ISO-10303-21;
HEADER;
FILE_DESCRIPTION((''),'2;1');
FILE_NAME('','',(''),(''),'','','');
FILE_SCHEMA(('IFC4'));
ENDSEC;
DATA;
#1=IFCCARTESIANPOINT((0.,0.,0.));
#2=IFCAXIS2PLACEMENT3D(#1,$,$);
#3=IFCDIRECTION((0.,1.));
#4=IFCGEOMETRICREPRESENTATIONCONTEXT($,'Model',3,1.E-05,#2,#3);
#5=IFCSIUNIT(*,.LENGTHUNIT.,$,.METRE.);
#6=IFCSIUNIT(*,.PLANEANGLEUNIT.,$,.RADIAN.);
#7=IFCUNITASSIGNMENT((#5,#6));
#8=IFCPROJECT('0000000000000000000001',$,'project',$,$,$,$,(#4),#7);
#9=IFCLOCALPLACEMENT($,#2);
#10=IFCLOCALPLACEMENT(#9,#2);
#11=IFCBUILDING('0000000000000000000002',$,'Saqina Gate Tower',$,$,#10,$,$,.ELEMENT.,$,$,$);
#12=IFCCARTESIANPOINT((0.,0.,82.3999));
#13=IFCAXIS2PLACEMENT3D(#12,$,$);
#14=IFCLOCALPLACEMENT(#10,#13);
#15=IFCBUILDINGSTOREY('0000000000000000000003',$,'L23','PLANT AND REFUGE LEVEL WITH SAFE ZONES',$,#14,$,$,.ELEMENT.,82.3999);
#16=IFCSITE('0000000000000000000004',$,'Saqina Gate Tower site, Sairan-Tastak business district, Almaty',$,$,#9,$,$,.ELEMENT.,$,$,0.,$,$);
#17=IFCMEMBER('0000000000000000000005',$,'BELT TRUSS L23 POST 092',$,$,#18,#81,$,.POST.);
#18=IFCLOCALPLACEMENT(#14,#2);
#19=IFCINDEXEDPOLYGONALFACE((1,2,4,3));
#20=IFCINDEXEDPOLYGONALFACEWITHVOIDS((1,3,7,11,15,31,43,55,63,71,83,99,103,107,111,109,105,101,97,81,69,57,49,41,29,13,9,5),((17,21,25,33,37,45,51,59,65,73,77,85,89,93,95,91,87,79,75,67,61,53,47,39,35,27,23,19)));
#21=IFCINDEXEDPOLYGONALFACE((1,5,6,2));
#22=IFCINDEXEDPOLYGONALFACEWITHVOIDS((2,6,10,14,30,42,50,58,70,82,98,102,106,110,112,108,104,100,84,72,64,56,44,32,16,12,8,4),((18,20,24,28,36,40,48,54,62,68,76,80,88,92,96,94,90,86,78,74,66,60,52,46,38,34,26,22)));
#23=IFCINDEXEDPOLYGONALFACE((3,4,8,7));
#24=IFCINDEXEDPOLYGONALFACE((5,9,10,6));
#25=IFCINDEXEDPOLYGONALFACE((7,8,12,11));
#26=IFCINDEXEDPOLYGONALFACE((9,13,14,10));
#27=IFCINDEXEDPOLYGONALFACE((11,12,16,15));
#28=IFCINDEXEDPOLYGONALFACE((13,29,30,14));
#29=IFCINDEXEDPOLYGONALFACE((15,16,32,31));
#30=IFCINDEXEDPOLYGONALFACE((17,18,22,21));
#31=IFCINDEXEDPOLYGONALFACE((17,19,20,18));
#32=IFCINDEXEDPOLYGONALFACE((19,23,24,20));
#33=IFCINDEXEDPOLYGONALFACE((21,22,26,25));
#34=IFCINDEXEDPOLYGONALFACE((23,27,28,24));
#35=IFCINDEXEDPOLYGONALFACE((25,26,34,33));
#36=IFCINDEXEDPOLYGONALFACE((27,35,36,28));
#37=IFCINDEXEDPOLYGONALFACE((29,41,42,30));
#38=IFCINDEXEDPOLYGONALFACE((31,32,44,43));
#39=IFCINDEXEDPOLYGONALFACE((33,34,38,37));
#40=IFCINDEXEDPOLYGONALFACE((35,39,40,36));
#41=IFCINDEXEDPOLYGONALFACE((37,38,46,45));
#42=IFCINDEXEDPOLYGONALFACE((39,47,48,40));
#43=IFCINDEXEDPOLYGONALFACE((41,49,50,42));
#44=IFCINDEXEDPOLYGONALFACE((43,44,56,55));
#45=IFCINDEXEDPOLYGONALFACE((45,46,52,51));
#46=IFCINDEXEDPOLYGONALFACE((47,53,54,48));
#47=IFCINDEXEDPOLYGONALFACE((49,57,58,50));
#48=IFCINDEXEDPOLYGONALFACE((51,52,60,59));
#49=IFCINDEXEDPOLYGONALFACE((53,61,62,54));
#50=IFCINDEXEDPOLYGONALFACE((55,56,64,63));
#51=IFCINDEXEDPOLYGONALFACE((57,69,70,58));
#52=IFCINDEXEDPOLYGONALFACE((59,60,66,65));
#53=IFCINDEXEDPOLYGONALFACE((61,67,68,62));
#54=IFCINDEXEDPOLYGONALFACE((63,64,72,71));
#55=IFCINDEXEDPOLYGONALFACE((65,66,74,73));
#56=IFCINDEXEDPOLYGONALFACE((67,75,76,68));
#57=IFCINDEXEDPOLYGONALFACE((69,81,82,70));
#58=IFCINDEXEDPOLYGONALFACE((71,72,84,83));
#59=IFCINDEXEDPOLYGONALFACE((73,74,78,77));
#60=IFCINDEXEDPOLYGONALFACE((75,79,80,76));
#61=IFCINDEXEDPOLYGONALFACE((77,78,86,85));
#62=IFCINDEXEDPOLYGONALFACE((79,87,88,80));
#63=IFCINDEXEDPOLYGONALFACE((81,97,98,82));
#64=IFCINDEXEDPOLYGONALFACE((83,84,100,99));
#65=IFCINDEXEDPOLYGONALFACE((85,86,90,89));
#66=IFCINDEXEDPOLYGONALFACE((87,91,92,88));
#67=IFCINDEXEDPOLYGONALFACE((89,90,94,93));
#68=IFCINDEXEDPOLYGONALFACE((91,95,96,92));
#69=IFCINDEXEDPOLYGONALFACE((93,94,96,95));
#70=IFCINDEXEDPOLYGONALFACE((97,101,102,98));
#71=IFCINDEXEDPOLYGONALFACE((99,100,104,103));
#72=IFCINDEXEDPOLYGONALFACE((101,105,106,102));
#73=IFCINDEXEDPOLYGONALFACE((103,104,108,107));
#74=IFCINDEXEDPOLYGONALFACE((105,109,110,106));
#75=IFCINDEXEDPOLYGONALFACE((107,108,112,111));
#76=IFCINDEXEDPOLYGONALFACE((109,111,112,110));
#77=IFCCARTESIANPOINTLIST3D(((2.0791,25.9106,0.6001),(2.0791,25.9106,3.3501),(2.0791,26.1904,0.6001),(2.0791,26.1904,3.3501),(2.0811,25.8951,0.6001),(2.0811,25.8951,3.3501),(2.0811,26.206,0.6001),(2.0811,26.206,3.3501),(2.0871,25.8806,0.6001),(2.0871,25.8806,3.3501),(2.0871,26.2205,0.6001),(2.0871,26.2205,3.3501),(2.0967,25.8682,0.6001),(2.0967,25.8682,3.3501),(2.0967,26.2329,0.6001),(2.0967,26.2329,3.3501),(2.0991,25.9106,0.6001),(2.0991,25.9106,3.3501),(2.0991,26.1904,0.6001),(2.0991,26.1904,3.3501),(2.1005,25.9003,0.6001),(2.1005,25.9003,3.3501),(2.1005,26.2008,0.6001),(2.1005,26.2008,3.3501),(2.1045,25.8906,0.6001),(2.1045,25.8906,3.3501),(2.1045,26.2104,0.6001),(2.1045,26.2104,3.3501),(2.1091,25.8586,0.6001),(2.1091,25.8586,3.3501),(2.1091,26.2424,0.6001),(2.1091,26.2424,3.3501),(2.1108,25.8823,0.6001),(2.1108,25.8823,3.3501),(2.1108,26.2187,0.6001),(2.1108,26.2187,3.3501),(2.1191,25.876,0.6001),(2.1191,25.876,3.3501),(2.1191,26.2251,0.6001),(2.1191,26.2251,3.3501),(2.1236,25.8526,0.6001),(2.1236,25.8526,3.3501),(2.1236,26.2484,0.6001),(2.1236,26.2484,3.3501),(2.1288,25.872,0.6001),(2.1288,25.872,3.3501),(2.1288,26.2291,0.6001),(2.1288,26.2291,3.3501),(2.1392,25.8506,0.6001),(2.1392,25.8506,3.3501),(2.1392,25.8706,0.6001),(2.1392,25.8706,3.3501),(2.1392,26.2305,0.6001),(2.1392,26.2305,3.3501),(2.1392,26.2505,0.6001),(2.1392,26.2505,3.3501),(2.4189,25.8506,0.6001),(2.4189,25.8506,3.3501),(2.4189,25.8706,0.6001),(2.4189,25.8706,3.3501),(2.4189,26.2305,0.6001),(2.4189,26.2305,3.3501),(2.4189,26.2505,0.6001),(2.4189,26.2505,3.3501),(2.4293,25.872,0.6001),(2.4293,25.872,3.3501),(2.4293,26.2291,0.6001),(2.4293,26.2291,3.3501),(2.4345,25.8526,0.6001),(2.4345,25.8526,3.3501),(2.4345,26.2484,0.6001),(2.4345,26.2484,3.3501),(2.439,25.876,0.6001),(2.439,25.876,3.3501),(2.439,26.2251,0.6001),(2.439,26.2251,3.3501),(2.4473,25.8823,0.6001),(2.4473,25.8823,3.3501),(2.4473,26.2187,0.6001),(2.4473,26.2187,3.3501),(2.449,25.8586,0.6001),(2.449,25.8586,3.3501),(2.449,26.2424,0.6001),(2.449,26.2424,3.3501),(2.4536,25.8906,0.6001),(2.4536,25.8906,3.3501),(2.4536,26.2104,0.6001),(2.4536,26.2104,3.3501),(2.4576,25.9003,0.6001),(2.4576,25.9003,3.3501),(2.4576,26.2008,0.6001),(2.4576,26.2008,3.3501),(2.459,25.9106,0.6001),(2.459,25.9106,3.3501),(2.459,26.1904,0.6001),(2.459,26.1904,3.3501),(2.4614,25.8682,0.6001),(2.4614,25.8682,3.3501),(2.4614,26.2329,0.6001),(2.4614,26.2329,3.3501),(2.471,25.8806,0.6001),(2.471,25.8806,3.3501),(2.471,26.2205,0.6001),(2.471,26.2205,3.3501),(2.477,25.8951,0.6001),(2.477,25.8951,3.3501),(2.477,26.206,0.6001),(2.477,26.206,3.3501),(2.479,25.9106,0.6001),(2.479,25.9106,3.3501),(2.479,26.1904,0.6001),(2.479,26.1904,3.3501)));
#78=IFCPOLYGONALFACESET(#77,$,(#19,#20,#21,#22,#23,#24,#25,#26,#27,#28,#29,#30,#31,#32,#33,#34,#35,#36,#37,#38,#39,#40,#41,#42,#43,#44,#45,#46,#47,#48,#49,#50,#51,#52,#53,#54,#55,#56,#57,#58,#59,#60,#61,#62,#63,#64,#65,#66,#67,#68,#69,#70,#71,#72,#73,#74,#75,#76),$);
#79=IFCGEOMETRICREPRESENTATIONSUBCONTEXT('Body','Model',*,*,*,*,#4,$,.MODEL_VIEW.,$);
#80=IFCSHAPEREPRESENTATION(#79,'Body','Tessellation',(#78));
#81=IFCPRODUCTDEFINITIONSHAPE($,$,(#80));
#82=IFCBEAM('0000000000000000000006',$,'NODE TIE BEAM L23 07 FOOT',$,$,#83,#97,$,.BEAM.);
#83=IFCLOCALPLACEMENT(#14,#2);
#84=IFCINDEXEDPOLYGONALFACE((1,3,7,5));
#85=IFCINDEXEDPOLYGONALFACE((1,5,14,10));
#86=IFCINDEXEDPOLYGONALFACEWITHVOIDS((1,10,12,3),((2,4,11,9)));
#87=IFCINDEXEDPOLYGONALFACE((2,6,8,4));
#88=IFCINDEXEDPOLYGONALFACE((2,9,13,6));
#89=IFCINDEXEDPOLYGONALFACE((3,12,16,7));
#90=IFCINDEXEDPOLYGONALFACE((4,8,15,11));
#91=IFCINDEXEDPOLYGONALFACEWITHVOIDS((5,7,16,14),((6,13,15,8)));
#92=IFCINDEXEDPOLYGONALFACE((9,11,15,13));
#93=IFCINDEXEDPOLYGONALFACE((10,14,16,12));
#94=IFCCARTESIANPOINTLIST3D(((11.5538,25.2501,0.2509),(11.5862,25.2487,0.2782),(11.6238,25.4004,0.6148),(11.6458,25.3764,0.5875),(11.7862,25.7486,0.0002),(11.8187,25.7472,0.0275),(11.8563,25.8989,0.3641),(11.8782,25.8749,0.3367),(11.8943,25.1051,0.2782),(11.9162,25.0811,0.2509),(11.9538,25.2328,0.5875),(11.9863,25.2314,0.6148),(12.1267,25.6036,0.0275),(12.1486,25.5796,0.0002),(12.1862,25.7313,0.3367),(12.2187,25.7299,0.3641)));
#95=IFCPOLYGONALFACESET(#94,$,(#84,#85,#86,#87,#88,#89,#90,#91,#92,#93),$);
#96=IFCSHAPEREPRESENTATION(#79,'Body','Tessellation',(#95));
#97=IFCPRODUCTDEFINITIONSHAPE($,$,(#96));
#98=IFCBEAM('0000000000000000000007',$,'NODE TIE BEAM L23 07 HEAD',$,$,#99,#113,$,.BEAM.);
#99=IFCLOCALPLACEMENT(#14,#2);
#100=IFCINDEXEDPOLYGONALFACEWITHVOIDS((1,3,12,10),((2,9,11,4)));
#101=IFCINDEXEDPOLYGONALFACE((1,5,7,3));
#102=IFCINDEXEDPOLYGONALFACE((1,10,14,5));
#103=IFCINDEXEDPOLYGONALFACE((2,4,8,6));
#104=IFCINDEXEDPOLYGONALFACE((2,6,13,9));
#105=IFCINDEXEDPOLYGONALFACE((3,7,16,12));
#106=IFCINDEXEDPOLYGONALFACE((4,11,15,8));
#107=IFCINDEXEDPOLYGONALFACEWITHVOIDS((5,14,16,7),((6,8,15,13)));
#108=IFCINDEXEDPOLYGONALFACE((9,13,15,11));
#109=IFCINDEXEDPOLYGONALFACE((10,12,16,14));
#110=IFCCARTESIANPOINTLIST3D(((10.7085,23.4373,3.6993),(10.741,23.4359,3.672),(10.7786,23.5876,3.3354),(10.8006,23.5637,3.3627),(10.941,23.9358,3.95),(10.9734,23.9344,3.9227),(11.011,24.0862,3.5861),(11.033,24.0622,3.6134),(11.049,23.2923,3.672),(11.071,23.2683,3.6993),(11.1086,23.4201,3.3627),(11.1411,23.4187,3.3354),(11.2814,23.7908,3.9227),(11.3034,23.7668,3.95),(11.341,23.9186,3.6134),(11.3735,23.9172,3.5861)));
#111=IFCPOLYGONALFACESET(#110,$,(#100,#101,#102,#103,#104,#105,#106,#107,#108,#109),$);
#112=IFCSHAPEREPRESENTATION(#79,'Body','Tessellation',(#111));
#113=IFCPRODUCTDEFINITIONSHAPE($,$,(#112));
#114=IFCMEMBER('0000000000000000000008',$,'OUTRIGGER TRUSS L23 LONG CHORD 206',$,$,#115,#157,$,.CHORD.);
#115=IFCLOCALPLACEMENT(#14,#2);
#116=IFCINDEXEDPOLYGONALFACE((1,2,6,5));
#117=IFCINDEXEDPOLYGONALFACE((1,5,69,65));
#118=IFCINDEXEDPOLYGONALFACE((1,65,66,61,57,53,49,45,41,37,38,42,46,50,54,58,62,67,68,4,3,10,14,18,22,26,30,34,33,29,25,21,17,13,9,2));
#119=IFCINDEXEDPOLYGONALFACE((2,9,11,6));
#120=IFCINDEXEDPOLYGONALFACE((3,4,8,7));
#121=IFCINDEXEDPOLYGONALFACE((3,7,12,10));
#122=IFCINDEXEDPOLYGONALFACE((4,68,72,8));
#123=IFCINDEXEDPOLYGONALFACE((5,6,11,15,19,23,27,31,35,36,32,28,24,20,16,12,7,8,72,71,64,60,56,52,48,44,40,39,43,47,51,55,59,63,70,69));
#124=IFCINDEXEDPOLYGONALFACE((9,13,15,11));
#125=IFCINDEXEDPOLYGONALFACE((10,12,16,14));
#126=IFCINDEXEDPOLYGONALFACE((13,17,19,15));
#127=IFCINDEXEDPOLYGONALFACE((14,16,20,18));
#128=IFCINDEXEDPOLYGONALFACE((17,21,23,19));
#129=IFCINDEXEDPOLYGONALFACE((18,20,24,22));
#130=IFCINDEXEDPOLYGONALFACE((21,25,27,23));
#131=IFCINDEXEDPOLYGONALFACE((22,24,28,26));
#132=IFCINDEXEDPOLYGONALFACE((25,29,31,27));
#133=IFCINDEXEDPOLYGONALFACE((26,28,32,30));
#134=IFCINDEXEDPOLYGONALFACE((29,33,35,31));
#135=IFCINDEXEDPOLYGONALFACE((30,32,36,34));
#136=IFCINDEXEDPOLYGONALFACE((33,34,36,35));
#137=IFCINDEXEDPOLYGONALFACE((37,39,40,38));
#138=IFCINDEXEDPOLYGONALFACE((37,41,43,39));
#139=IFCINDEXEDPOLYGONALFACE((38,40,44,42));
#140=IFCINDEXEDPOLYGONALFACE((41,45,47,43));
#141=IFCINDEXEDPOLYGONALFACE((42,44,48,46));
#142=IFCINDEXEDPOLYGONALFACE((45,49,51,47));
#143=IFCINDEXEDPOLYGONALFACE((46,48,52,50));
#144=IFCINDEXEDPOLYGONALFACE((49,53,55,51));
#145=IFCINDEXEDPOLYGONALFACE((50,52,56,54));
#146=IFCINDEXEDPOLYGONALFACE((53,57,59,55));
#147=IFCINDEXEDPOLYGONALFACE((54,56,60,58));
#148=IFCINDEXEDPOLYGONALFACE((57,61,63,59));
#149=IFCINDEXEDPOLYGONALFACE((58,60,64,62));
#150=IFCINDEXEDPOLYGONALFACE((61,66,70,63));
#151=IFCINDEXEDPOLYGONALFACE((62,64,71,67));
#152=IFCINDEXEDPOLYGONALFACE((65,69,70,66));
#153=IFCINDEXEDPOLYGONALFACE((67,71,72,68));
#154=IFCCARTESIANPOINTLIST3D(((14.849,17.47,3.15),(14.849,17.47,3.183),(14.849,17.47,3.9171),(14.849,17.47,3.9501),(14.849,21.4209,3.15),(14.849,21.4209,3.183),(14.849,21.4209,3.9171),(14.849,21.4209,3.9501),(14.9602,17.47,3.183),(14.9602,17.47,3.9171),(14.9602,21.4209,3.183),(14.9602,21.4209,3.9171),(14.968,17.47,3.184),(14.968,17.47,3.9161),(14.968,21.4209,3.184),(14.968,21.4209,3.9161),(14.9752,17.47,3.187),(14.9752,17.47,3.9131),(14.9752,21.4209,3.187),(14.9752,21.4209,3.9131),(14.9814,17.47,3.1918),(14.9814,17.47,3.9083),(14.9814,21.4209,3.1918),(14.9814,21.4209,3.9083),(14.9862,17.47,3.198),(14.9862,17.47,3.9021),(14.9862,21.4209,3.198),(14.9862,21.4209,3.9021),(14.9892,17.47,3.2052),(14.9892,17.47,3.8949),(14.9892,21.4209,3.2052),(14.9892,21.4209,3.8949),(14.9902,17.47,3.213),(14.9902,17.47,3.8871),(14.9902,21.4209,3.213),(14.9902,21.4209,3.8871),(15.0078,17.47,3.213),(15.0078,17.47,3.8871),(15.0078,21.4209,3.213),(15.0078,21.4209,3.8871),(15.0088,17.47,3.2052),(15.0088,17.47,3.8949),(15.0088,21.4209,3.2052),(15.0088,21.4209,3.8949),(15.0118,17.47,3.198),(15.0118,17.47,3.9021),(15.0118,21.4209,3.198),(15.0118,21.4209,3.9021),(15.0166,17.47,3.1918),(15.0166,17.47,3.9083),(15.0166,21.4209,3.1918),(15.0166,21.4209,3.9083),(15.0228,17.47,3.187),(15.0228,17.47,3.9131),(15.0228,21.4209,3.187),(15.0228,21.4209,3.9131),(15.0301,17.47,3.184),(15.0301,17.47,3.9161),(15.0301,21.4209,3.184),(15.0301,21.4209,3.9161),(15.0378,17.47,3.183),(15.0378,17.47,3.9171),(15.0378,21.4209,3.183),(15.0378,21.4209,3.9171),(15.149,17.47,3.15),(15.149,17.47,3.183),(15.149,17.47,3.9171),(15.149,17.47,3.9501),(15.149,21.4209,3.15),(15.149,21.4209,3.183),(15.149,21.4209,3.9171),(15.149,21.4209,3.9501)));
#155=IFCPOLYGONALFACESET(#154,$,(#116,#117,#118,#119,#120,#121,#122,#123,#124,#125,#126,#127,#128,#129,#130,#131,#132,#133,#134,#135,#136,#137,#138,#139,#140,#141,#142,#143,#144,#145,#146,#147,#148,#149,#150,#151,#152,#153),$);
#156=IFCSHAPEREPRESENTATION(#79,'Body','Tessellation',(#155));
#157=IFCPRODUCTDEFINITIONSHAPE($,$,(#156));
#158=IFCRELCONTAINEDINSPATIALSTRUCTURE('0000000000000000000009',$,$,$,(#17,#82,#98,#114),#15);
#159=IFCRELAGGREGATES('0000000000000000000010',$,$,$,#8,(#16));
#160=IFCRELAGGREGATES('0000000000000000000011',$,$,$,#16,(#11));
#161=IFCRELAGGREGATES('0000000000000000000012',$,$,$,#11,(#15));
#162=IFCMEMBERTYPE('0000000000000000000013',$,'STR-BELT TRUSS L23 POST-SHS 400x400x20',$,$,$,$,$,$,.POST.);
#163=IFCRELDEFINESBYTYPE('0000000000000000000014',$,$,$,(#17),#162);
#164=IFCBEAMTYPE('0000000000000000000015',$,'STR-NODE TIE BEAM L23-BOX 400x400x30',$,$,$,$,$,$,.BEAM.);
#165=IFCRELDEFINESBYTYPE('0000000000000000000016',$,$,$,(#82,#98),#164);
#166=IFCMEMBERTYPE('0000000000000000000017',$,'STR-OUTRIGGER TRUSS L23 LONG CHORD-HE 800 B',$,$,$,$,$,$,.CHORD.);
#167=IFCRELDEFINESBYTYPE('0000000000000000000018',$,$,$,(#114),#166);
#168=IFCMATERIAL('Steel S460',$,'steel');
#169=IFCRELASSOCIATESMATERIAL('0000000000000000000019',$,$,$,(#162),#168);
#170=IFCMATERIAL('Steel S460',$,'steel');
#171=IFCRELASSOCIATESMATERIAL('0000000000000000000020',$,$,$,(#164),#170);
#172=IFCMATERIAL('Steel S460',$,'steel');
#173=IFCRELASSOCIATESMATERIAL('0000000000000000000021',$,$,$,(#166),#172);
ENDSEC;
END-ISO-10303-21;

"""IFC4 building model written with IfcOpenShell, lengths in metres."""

from ifc_helpers import new_model, si_unit, direction, frame, origin, origin_2d, place, context, subcontext, project, spatial, hollow_rectangle, i_section, extrude, material, material_profile, profile_set, type_object, element, save


model = new_model("IFC4")

# Units and contexts
model_context = context("Model", 3, precision=1e-05, world=origin(), true_north=direction((0.0, 1.0)))
body_context = subcontext(model_context, "Body", "Model", "MODEL_VIEW")
ifc_project = project(units=[si_unit("LENGTHUNIT", "METRE"), si_unit("PLANEANGLEUNIT", "RADIAN")], contexts=[model_context])

# Site, building, storey
site_placement = place(None, origin())
site = spatial("IfcSite", under=ifc_project, at=site_placement, Name="Saqina Gate Tower site, Sairan-Tastak business district, Almaty", CompositionType="ELEMENT", RefElevation=0.0)
building_placement = place(site_placement, origin())
building = spatial("IfcBuilding", under=site, at=building_placement, Name="Saqina Gate Tower", CompositionType="ELEMENT")
storey_placement = place(building_placement, frame((0.0, 0.0, 82.3999)))
storey = spatial("IfcBuildingStorey", under=building, at=storey_placement, Name="L23", Description="PLANT AND REFUGE LEVEL WITH SAFE ZONES", CompositionType="ELEMENT", Elevation=82.3999)

# Member
ifc_material_1 = material(Name="Steel S460", Category="steel")
ifc_material_profile_1 = material_profile(ifc_material_1, hollow_rectangle(XDim=0.3999, YDim=0.3999, WallThickness=0.02, InnerFilletRadius=0.04, OuterFilletRadius=0.0601, at=origin_2d()), Name="SHS 400x400x20")
ifc_profile_set_1 = profile_set([ifc_material_profile_1], Name="Steel S460")
member_type_1 = type_object("IfcMemberType", Name="STR-BELT TRUSS L23 POST-SHS 400x400x20", PredefinedType="POST", material=ifc_profile_set_1)
for number, where, z_axis, x_axis, name in (
    (1, (2.2791, 26.0505, 0.6001), (0.0, 0.0, 1.0), (1.0, 0.0, 0.0), "BELT TRUSS L23 POST 092"),
):
    element("IfcMember", number, at=place(storey_placement, frame(where, z_axis=z_axis, x_axis=x_axis)), inside=storey, type_object=member_type_1, Name=name, PredefinedType="POST", context=body_context, shape_type="SweptSolid", body=[
        extrude(hollow_rectangle(XDim=0.3999, YDim=0.3999, WallThickness=0.02, InnerFilletRadius=0.04, OuterFilletRadius=0.0601, at=origin_2d()), origin(), (0.0, 0.0, 1.0), 2.75),
    ])

# Beams
ifc_material_2 = material(Name="Steel S460", Category="steel")
ifc_material_profile_2 = material_profile(ifc_material_2, hollow_rectangle(XDim=0.3999, YDim=0.3999, WallThickness=0.03, at=origin_2d()), Name="BOX 400x400x30")
ifc_profile_set_2 = profile_set([ifc_material_profile_2], Name="Steel S460")
beam_type = type_object("IfcBeamType", Name="STR-NODE TIE BEAM L23-BOX 400x400x30", PredefinedType="BEAM", material=ifc_profile_set_2)
for number, where, z_axis, x_axis, name in (
    (2, (12.0024, 25.7393, 0.1821), (-0.384484, -0.824702, 0.414774), (0.906342, -0.422545, 0.0), "NODE TIE BEAM L23 07 FOOT"),
    (3, (10.9248, 23.428, 3.5173), (0.384484, 0.824702, 0.414774), (-0.906342, 0.422545, 0.0), "NODE TIE BEAM L23 07 HEAD"),
):
    element("IfcBeam", number, at=place(storey_placement, frame(where, z_axis=z_axis, x_axis=x_axis)), inside=storey, type_object=beam_type, Name=name, PredefinedType="BEAM", context=body_context, shape_type="SweptSolid", body=[
        extrude(hollow_rectangle(XDim=0.3999, YDim=0.3999, WallThickness=0.03, at=origin_2d()), origin(), (0.0, 0.0, 1.0), 0.6045),
    ])

# Member
ifc_material_3 = material(Name="Steel S460", Category="steel")
ifc_material_profile_3 = material_profile(ifc_material_3, i_section(OverallWidth=0.3, OverallDepth=0.8, WebThickness=0.0176, FlangeThickness=0.033, FilletRadius=0.03, at=origin_2d()), Name="HE 800 B")
ifc_profile_set_3 = profile_set([ifc_material_profile_3], Name="Steel S460")
member_type_2 = type_object("IfcMemberType", Name="STR-OUTRIGGER TRUSS L23 LONG CHORD-HE 800 B", PredefinedType="CHORD", material=ifc_profile_set_3)
member_1_placement = place(storey_placement, frame((14.999, 17.47, 3.55), z_axis=(0.0, 1.0, 0.0), x_axis=(-1.0, 0.0, 0.0)))
element("IfcMember", 4, at=member_1_placement, inside=storey, type_object=member_type_2, Name="OUTRIGGER TRUSS L23 LONG CHORD 206", PredefinedType="CHORD", context=body_context, shape_type="SweptSolid", body=[
    extrude(i_section(OverallWidth=0.3, OverallDepth=0.8, WebThickness=0.0176, FlangeThickness=0.033, FilletRadius=0.03, at=origin_2d()), origin(), (0.0, 0.0, 1.0), 3.9509),
])

save(model, "model.ifc")
